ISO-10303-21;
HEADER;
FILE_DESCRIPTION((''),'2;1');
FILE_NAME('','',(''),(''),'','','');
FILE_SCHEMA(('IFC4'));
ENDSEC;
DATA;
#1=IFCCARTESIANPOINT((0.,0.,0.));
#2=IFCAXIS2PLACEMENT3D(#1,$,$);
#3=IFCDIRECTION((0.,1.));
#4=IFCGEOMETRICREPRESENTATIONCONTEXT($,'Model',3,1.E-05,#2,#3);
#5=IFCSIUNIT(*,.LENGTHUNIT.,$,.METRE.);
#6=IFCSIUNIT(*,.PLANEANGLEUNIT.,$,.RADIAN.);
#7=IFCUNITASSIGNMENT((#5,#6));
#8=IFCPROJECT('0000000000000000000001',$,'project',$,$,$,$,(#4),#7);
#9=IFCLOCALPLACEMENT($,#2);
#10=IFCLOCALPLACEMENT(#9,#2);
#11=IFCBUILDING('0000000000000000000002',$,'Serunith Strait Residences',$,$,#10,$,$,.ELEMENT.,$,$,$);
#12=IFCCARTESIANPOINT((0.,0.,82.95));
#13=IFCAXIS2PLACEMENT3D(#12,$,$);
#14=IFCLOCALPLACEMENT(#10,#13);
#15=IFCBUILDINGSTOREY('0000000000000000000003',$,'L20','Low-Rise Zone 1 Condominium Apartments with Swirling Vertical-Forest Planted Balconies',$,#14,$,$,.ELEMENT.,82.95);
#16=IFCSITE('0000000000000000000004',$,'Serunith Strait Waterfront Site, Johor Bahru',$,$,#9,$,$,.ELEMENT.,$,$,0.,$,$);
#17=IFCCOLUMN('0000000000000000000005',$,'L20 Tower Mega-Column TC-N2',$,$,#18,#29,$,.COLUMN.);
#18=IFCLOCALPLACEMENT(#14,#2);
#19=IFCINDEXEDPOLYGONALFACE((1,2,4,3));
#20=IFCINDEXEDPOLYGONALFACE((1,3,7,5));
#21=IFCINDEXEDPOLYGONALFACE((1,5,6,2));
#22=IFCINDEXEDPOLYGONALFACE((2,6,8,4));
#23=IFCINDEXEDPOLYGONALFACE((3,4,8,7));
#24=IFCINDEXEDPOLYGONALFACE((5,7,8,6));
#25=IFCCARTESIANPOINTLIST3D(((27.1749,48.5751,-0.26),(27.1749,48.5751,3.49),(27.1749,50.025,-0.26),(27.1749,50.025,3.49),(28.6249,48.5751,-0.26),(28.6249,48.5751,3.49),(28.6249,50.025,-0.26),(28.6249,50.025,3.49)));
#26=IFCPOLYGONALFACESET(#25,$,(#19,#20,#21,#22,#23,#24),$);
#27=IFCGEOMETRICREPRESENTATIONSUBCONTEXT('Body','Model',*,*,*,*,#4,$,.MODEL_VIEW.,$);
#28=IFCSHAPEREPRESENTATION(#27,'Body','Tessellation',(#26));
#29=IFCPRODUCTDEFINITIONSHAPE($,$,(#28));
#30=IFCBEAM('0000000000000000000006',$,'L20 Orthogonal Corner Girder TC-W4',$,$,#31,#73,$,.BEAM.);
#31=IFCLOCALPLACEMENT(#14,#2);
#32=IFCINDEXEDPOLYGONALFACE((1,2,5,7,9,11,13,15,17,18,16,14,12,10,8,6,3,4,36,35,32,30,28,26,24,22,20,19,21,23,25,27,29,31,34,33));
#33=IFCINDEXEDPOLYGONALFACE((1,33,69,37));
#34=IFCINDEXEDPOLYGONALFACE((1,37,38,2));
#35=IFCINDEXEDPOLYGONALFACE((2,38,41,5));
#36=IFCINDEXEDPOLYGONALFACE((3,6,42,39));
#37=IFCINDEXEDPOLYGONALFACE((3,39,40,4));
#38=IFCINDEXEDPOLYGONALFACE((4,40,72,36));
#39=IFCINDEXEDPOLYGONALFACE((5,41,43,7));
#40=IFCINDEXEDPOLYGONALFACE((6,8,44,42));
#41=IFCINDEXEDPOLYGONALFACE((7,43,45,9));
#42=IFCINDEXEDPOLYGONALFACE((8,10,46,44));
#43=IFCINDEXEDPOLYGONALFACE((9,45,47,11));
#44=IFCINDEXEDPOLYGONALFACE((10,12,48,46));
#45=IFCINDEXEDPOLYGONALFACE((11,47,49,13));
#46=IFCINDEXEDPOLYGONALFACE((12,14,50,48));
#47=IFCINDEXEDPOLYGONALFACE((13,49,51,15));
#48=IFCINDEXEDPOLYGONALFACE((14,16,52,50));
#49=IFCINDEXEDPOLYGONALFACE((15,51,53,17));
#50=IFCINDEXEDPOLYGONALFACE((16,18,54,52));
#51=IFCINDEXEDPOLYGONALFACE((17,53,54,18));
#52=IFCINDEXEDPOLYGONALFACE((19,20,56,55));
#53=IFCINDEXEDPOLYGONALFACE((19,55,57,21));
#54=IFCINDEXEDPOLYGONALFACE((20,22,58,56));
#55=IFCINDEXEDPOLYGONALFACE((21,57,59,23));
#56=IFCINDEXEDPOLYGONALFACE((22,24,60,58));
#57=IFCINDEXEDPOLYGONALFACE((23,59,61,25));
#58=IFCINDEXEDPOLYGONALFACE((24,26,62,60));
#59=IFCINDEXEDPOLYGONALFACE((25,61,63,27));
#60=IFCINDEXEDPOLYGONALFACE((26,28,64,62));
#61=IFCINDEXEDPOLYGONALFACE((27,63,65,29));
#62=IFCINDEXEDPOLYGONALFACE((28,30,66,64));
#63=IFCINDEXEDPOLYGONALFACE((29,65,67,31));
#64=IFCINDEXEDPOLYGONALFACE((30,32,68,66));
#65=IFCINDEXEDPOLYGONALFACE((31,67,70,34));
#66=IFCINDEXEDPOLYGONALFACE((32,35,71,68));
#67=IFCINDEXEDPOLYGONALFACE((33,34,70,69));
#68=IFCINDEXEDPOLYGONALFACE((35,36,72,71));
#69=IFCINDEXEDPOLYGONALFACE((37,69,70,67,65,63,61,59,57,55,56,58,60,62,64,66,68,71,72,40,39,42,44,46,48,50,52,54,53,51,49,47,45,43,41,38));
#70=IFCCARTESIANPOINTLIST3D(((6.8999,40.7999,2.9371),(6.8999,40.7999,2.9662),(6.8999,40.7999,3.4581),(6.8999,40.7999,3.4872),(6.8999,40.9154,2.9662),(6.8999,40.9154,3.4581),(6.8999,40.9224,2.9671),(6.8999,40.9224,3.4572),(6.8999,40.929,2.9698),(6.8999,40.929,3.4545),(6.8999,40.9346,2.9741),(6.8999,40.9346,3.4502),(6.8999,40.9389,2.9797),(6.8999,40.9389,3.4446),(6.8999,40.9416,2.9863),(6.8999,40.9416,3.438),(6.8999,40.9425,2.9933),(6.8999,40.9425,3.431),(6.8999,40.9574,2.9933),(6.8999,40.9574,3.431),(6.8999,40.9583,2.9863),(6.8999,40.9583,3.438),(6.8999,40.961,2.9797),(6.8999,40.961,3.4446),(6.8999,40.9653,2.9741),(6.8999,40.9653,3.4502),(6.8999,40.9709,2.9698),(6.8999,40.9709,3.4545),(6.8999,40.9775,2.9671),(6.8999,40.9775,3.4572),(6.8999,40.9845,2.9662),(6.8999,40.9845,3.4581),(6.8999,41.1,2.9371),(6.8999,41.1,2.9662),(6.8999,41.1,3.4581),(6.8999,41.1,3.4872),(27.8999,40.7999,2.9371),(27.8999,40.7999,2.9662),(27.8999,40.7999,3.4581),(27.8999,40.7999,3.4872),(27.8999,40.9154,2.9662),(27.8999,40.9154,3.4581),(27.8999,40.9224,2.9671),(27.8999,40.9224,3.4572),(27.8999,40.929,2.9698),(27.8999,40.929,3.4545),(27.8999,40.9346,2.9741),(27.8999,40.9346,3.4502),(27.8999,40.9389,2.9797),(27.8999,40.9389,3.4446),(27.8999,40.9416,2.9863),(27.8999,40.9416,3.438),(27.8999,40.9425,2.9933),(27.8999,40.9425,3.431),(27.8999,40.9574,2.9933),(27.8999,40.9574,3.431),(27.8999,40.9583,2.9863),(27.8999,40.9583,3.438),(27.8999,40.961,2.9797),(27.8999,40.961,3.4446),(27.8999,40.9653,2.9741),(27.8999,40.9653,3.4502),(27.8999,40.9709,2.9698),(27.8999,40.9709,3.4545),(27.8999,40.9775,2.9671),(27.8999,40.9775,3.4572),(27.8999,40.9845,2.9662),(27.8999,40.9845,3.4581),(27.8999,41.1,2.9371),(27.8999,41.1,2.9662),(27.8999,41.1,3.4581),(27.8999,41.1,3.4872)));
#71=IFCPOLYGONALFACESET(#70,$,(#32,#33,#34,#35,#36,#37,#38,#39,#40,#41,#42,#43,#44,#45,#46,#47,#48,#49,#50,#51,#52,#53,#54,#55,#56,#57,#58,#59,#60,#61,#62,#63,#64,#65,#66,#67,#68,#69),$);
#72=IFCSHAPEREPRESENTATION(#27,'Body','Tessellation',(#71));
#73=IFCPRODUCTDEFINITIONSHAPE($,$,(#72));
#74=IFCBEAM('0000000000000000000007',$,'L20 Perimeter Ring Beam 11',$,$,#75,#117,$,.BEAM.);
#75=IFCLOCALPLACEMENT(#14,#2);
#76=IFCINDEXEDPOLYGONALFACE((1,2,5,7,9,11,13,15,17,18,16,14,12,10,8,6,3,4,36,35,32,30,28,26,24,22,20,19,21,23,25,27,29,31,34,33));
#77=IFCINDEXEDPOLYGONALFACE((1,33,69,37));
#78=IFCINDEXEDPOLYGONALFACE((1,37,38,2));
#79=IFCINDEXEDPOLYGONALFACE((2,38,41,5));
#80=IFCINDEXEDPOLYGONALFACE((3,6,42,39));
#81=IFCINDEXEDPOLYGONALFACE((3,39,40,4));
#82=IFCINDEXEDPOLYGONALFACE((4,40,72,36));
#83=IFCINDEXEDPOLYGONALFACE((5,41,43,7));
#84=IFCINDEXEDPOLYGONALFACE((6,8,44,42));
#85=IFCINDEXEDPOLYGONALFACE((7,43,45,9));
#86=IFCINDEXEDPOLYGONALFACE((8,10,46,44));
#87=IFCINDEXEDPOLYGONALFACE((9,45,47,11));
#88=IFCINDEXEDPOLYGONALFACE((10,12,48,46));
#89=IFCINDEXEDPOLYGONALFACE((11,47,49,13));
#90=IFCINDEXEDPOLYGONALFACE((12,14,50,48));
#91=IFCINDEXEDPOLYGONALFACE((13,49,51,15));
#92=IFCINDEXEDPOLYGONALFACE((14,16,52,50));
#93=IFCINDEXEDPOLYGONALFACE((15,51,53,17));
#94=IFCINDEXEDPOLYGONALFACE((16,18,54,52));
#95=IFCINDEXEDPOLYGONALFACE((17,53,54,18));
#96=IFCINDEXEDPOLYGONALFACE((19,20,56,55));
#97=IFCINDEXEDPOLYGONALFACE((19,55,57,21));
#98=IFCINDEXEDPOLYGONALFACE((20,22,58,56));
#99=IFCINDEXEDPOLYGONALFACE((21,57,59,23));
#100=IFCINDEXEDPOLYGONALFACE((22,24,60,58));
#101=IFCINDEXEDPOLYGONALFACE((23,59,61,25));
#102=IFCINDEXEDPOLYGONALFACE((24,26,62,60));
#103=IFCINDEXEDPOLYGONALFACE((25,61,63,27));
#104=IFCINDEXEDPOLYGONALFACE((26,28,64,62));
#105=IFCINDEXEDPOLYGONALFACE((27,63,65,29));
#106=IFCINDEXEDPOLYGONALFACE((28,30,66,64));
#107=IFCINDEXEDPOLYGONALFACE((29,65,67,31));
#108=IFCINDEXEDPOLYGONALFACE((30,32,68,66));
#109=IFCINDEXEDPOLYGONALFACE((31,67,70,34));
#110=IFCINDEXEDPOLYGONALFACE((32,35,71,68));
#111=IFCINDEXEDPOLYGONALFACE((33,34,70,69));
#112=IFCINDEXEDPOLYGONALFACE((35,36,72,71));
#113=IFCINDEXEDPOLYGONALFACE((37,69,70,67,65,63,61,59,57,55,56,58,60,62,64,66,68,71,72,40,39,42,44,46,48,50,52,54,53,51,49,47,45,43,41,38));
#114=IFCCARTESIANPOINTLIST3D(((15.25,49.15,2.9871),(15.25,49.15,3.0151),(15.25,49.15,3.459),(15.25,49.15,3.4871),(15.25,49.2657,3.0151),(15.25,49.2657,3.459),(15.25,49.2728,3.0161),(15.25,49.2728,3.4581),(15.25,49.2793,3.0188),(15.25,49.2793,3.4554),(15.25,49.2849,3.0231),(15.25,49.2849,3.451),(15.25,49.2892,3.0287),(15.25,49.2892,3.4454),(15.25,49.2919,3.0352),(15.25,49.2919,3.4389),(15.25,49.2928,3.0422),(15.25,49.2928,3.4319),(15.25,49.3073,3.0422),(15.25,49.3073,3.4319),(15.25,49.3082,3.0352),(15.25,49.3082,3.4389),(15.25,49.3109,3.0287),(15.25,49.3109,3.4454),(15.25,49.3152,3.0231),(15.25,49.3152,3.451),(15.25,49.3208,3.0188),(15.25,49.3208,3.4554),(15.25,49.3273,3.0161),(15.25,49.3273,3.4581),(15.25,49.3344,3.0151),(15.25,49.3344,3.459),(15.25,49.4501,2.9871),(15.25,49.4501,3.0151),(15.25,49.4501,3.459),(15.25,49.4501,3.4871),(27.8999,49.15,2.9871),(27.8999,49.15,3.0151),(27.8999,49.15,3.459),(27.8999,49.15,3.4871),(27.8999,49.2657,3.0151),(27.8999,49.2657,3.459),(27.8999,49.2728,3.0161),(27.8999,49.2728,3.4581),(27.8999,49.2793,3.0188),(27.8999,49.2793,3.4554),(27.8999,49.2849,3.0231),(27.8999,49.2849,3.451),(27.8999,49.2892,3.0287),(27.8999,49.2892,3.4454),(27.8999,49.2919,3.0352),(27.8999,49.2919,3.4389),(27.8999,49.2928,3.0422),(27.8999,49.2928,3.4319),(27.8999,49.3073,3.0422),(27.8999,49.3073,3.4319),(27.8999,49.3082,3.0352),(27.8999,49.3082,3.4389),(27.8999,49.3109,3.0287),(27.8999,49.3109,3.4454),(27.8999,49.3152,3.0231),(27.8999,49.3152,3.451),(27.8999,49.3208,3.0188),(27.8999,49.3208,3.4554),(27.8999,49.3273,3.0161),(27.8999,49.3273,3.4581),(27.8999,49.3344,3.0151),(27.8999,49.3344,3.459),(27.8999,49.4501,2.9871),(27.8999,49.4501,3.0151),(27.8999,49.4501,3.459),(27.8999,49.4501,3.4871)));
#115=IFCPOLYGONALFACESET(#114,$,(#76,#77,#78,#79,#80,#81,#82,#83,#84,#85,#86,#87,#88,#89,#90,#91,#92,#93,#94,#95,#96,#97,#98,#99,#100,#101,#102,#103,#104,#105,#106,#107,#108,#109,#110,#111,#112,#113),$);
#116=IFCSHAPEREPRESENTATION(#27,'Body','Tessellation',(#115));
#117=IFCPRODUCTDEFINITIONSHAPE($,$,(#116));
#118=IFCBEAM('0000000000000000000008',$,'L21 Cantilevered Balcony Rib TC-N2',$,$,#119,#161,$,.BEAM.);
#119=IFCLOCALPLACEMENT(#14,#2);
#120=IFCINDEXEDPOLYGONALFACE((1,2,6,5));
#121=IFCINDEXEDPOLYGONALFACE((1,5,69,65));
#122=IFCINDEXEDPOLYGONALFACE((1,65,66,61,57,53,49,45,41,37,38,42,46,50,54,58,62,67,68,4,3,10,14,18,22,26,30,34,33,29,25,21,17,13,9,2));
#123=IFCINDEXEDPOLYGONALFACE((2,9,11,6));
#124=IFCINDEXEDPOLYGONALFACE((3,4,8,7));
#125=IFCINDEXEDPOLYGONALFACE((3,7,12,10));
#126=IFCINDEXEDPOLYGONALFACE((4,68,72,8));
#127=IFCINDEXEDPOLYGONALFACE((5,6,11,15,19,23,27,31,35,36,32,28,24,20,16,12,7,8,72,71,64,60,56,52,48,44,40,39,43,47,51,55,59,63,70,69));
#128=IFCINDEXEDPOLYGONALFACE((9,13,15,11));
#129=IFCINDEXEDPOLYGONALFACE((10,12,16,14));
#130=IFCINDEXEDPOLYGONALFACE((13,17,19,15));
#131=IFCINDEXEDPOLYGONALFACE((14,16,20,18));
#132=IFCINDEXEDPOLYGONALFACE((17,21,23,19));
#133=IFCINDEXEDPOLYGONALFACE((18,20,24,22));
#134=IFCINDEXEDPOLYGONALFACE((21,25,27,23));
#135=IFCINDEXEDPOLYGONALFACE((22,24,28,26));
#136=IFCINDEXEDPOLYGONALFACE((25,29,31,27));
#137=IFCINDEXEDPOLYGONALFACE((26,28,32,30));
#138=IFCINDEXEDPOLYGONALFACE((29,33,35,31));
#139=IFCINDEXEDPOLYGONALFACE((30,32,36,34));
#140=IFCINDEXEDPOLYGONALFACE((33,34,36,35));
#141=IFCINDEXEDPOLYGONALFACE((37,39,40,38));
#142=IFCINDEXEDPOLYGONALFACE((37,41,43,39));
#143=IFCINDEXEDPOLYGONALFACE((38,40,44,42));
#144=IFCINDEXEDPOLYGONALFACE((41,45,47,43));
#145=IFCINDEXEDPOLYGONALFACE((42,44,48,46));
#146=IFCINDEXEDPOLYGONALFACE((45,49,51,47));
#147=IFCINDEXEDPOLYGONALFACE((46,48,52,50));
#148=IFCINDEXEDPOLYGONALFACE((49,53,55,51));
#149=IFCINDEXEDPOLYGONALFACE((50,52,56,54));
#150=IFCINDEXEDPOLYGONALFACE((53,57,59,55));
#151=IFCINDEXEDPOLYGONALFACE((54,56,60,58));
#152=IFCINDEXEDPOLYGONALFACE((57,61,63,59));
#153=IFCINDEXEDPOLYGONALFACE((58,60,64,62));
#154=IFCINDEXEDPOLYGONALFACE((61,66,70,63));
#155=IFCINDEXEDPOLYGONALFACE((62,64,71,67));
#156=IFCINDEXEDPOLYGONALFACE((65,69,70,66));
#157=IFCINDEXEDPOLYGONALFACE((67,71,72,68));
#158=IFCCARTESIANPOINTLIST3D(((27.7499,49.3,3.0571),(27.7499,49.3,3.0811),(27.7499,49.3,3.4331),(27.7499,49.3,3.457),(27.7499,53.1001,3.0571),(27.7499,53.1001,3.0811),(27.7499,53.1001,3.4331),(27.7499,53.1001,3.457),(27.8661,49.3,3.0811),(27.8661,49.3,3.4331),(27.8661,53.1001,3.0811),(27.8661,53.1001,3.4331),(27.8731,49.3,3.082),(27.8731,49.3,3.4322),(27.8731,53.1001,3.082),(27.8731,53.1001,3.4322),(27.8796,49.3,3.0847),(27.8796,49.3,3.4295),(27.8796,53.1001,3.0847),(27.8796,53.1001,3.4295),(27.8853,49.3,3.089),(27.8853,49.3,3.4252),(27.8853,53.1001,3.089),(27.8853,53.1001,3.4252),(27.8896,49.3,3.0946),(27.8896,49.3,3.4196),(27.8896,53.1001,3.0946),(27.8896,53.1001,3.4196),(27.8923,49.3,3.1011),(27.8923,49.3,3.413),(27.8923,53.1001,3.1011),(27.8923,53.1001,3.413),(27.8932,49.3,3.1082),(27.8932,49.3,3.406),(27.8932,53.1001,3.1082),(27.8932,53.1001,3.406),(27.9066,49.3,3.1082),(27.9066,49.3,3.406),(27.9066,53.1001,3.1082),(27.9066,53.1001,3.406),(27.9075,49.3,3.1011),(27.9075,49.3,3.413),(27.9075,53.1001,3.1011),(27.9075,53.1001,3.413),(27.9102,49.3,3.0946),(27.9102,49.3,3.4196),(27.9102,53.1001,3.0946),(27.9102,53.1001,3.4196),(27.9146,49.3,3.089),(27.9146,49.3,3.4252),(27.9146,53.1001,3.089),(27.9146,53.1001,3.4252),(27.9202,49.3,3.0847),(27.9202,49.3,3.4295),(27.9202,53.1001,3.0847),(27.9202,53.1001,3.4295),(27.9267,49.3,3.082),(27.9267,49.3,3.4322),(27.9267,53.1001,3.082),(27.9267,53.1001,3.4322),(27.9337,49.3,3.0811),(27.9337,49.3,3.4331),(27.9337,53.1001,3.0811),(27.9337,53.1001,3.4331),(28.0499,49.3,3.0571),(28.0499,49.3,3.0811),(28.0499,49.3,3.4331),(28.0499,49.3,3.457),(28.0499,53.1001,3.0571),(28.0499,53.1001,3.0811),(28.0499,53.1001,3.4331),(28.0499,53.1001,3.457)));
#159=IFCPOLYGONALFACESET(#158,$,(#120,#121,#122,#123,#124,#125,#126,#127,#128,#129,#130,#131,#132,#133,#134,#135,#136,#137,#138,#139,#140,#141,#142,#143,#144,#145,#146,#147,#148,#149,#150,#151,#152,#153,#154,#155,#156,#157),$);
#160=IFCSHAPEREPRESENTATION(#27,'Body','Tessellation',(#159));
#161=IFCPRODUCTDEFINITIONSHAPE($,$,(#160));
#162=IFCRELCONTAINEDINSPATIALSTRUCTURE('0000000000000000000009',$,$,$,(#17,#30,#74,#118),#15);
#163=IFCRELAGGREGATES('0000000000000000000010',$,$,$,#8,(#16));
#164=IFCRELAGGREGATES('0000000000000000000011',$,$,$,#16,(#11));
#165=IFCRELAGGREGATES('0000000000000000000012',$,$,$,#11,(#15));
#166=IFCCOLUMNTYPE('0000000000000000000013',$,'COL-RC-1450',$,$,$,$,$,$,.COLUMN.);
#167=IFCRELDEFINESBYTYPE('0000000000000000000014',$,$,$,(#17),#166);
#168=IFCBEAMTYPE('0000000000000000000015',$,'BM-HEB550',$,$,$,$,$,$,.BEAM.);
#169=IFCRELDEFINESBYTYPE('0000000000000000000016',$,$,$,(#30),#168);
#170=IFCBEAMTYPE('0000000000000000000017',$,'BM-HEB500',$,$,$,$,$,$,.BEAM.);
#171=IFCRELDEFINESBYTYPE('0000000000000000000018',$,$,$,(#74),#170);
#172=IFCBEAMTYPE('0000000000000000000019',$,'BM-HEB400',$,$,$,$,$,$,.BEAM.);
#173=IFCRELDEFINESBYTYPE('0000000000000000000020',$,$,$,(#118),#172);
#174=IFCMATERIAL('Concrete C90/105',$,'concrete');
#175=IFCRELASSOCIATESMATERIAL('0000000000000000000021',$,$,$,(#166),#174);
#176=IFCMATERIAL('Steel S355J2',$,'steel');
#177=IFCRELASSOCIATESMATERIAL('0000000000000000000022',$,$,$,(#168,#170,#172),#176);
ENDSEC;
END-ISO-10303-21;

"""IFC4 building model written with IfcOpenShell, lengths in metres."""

from ifc_helpers import new_model, si_unit, direction, frame, origin, origin_2d, place, context, subcontext, project, spatial, rectangle, i_section, extrude, source, transform, mapped, material, material_profile, profile_set, type_object, element, save


model = new_model("IFC4")

# Units and contexts
model_context = context("Model", 3, precision=1e-05, world=origin(), true_north=direction((0.0, 1.0)))
body_context = subcontext(model_context, "Body", "Model", "MODEL_VIEW")
ifc_project = project(units=[si_unit("LENGTHUNIT", "METRE"), si_unit("PLANEANGLEUNIT", "RADIAN")], contexts=[model_context])

# Site, building, storey
site_placement = place(None, origin())
site = spatial("IfcSite", under=ifc_project, at=site_placement, Name="Serunith Strait Waterfront Site, Johor Bahru", CompositionType="ELEMENT", RefElevation=0.0)
building_placement = place(site_placement, origin())
building = spatial("IfcBuilding", under=site, at=building_placement, Name="Serunith Strait Residences", CompositionType="ELEMENT")
storey_placement = place(building_placement, frame((0.0, 0.0, 82.95)))
storey = spatial("IfcBuildingStorey", under=building, at=storey_placement, Name="L20", Description="Low-Rise Zone 1 Condominium Apartments with Swirling Vertical-Forest Planted Balconies", CompositionType="ELEMENT", Elevation=82.95)

# Column
ifc_material_1 = material(Name="Concrete C90/105", Category="concrete")
ifc_material_profile_1 = material_profile(ifc_material_1, rectangle(XDim=1.45, YDim=1.45, at=origin_2d()), Name="RC 1450x1450")
ifc_profile_set_1 = profile_set([ifc_material_profile_1], Name="Concrete C90/105")
column_type = type_object("IfcColumnType", Name="COL-RC-1450", PredefinedType="COLUMN", material=ifc_profile_set_1)
shared_shape_1 = source(origin(), body_context, "Body", "SweptSolid", [
    extrude(rectangle(XDim=1.45, YDim=1.45, at=origin_2d()), origin(), (0.0, 0.0, 1.0), 3.75),
])
column_placement = place(storey_placement, frame((27.8999, 49.3, -0.26), z_axis=(0.0, 0.0, 1.0), x_axis=(1.0, 0.0, 0.0)))
element("IfcColumn", 1, at=column_placement, inside=storey, type_object=column_type, Name="L20 Tower Mega-Column TC-N2", PredefinedType="COLUMN", context=body_context, shape_type="MappedRepresentation", body=[
    mapped(shared_shape_1, transform((0.0, 0.0, 0.0), scale=1.0)),
])

# Beams
ifc_material_2 = material(Name="Steel S355J2", Category="steel")
ifc_material_profile_2 = material_profile(ifc_material_2, i_section(OverallWidth=0.3, OverallDepth=0.55, WebThickness=0.0149, FlangeThickness=0.0291, FilletRadius=0.0271, at=origin_2d()), Name="HEB 550")
ifc_profile_set_2 = profile_set([ifc_material_profile_2], Name="Steel S355J2")
beam_type_1 = type_object("IfcBeamType", Name="BM-HEB550", PredefinedType="BEAM", material=ifc_profile_set_2)
shared_shape_2 = source(origin(), body_context, "Body", "SweptSolid", [
    extrude(i_section(OverallWidth=0.3, OverallDepth=0.55, WebThickness=0.0149, FlangeThickness=0.0291, FilletRadius=0.0271, at=origin_2d()), origin(), (0.0, 0.0, 1.0), 21.0),
])
beam_1_placement = place(storey_placement, frame((27.8999, 40.95, 3.2122), z_axis=(-1.0, 0.0, 0.0), x_axis=(0.0, -1.0, 0.0)))
element("IfcBeam", 2, at=beam_1_placement, inside=storey, type_object=beam_type_1, Name="L20 Orthogonal Corner Girder TC-W4", PredefinedType="BEAM", context=body_context, shape_type="MappedRepresentation", body=[
    mapped(shared_shape_2, transform((0.0, 0.0, 0.0), scale=1.0)),
])
ifc_material_profile_3 = material_profile(ifc_material_2, i_section(OverallWidth=0.3, OverallDepth=0.5, WebThickness=0.0144, FlangeThickness=0.0281, FilletRadius=0.0271, at=origin_2d()), Name="HEB 500")
ifc_profile_set_3 = profile_set([ifc_material_profile_3], Name="Steel S355J2")
beam_type_2 = type_object("IfcBeamType", Name="BM-HEB500", PredefinedType="BEAM", material=ifc_profile_set_3)
shared_shape_3 = source(origin(), body_context, "Body", "SweptSolid", [
    extrude(i_section(OverallWidth=0.3, OverallDepth=0.5, WebThickness=0.0144, FlangeThickness=0.0281, FilletRadius=0.0271, at=origin_2d()), origin(), (0.0, 0.0, 1.0), 12.6499),
])
beam_2_placement = place(storey_placement, frame((27.8999, 49.3, 3.2371), z_axis=(-1.0, 0.0, 0.0), x_axis=(0.0, -1.0, 0.0)))
element("IfcBeam", 3, at=beam_2_placement, inside=storey, type_object=beam_type_2, Name="L20 Perimeter Ring Beam 11", PredefinedType="BEAM", context=body_context, shape_type="MappedRepresentation", body=[
    mapped(shared_shape_3, transform((0.0, 0.0, 0.0), scale=1.0)),
])
ifc_material_profile_4 = material_profile(ifc_material_2, i_section(OverallWidth=0.3, OverallDepth=0.3999, WebThickness=0.0134, FlangeThickness=0.0239, FilletRadius=0.0271, at=origin_2d()), Name="HEB 400")
ifc_profile_set_4 = profile_set([ifc_material_profile_4], Name="Steel S355J2")
beam_type_3 = type_object("IfcBeamType", Name="BM-HEB400", PredefinedType="BEAM", material=ifc_profile_set_4)
shared_shape_4 = source(origin(), body_context, "Body", "SweptSolid", [
    extrude(i_section(OverallWidth=0.3, OverallDepth=0.3999, WebThickness=0.0134, FlangeThickness=0.0239, FilletRadius=0.0271, at=origin_2d()), origin(), (0.0, 0.0, 1.0), 3.8),
])
beam_3_placement = place(storey_placement, frame((27.8999, 49.3, 3.2571), z_axis=(0.0, 1.0, 0.0), x_axis=(-1.0, 0.0, 0.0)))
element("IfcBeam", 4, at=beam_3_placement, inside=storey, type_object=beam_type_3, Name="L21 Cantilevered Balcony Rib TC-N2", PredefinedType="BEAM", context=body_context, shape_type="MappedRepresentation", body=[
    mapped(shared_shape_4, transform((0.0, 0.0, 0.0), scale=1.0)),
])

save(model, "model.ifc")
